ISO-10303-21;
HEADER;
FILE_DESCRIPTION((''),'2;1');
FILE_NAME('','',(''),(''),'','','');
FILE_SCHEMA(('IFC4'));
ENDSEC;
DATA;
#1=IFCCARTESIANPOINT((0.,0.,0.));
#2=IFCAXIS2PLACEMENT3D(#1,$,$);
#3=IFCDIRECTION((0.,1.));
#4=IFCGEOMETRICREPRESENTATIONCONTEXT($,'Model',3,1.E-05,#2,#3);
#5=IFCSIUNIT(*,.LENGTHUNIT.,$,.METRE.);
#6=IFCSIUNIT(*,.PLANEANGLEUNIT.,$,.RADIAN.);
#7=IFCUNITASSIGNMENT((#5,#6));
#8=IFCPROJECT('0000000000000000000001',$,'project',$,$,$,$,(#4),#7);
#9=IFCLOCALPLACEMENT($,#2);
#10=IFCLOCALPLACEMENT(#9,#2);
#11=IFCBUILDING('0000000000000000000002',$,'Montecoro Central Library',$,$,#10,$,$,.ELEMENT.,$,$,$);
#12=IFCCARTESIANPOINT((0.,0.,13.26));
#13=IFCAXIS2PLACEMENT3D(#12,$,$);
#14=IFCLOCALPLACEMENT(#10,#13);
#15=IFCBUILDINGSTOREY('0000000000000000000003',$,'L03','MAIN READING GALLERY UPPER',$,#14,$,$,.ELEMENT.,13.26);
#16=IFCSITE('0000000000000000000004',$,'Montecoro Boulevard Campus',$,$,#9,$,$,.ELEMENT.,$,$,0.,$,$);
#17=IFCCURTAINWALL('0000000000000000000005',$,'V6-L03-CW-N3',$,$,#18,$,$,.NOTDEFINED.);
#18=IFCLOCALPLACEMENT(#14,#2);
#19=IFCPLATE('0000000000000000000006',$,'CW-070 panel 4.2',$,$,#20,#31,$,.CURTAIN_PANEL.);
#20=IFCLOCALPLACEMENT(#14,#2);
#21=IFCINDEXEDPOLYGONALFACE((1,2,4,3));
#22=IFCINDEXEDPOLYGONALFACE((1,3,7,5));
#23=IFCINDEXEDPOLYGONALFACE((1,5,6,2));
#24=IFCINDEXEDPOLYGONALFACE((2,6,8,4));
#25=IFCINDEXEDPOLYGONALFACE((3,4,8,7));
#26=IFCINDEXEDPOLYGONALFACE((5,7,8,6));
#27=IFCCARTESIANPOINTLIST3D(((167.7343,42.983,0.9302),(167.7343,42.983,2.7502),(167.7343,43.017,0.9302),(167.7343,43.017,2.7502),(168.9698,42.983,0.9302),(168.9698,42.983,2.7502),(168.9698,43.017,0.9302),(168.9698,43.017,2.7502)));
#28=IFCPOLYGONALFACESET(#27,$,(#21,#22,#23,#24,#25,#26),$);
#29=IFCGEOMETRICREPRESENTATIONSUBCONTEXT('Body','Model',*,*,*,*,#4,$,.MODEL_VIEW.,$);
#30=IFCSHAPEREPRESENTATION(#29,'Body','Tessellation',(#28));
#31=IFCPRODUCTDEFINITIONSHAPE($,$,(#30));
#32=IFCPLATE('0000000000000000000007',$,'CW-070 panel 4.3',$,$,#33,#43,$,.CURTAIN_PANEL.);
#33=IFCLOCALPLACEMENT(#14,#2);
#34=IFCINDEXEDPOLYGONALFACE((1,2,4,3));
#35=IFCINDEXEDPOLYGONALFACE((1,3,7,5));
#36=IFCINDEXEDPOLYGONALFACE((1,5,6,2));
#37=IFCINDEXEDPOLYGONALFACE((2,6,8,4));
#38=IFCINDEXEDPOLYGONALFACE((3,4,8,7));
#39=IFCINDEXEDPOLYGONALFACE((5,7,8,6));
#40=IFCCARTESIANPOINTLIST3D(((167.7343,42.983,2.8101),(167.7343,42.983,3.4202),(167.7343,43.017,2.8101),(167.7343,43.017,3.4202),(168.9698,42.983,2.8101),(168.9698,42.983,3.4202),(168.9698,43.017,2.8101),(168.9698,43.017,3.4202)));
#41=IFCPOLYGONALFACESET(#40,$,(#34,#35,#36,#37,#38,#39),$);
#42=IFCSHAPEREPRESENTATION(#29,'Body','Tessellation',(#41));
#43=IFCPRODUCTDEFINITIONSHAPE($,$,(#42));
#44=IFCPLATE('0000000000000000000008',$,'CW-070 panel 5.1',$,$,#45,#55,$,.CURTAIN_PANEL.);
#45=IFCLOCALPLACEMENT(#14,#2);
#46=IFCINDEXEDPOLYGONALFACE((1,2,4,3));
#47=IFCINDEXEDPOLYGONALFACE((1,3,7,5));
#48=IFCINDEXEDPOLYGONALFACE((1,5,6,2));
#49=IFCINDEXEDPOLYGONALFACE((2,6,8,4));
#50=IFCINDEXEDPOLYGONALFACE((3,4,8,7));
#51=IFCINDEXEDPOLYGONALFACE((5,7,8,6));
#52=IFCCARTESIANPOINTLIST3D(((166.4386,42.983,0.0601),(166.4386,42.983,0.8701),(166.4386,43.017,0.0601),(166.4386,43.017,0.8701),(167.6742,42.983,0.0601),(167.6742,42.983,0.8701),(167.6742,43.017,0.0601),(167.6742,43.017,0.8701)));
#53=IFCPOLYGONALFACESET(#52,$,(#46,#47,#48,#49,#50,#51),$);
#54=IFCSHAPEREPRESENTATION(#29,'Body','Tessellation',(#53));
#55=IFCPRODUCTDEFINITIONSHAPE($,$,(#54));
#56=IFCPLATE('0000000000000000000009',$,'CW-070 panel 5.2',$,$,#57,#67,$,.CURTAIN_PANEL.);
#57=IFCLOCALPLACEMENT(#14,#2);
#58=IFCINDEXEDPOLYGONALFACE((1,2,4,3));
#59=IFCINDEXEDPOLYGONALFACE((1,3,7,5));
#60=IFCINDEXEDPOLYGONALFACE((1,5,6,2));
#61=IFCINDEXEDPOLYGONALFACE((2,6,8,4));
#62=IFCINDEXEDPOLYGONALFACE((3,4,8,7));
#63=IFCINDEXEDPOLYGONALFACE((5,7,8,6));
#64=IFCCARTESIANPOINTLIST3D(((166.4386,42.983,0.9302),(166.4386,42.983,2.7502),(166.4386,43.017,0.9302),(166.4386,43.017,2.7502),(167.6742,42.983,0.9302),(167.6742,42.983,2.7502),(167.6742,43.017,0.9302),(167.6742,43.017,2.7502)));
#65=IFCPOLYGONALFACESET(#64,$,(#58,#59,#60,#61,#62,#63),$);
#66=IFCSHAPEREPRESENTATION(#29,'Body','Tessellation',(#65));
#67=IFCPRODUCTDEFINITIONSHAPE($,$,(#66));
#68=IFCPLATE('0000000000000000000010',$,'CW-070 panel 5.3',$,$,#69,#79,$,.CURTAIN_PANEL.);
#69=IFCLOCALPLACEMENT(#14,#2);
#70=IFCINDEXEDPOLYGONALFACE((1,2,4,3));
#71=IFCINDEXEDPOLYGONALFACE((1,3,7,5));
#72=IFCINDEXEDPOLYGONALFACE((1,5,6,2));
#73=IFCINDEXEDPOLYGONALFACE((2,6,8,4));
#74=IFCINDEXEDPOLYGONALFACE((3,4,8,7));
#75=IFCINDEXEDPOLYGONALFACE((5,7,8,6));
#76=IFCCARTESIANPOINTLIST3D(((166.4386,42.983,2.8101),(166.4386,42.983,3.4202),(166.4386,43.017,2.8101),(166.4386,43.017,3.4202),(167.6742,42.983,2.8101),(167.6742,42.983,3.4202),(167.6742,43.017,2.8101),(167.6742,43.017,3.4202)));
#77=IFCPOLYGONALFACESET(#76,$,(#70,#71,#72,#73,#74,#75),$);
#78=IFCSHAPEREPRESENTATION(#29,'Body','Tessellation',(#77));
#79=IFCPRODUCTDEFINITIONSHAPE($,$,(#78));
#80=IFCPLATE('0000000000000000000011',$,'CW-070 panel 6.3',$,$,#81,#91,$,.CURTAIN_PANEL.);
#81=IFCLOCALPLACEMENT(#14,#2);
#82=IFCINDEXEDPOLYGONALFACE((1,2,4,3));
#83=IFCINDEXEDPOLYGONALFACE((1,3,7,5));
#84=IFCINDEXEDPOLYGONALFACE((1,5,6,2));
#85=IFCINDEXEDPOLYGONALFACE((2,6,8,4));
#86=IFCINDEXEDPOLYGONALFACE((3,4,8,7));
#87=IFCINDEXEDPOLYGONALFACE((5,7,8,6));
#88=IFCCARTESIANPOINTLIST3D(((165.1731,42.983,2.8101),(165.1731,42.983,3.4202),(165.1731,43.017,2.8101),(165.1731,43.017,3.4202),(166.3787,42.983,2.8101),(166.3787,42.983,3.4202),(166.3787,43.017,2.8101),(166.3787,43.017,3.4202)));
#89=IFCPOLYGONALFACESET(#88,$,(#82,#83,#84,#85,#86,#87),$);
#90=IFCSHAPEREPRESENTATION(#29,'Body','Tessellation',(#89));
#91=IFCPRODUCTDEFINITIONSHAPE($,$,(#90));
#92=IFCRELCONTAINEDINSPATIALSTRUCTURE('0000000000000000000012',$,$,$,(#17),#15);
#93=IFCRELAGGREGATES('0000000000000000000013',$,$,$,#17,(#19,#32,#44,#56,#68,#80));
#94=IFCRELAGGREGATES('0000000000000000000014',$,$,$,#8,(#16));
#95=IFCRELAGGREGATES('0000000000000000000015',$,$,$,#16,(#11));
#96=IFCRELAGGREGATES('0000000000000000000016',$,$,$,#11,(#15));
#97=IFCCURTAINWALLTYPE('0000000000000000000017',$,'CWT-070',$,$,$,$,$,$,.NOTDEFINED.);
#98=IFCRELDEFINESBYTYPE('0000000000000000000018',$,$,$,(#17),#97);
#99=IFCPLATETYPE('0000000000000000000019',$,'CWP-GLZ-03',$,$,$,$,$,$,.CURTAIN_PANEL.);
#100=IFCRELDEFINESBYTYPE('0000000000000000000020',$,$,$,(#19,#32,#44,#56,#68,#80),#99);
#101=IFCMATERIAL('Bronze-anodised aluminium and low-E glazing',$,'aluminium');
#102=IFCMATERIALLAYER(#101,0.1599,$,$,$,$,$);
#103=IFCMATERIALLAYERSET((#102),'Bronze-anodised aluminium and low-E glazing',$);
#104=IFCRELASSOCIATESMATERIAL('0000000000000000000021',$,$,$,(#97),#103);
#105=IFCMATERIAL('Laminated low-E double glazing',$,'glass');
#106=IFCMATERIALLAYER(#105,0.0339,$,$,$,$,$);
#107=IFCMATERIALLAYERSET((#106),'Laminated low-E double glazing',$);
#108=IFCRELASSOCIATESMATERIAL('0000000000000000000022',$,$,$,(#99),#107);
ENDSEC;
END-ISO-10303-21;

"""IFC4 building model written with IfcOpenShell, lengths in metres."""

from ifc_helpers import new_model, si_unit, direction, frame, origin, origin_2d, place, context, subcontext, project, spatial, rectangle, extrude, material, layer, layer_set, type_object, element, aggregate, save


model = new_model("IFC4")

# Units and contexts
model_context = context("Model", 3, precision=1e-05, world=origin(), true_north=direction((0.0, 1.0)))
body_context = subcontext(model_context, "Body", "Model", "MODEL_VIEW")
ifc_project = project(units=[si_unit("LENGTHUNIT", "METRE"), si_unit("PLANEANGLEUNIT", "RADIAN")], contexts=[model_context])

# Site, building, storey
site_placement = place(None, origin())
site = spatial("IfcSite", under=ifc_project, at=site_placement, Name="Montecoro Boulevard Campus", CompositionType="ELEMENT", RefElevation=0.0)
building_placement = place(site_placement, origin())
building = spatial("IfcBuilding", under=site, at=building_placement, Name="Montecoro Central Library", CompositionType="ELEMENT")
storey_placement = place(building_placement, frame((0.0, 0.0, 13.26)))
storey = spatial("IfcBuildingStorey", under=building, at=storey_placement, Name="L03", Description="MAIN READING GALLERY UPPER", CompositionType="ELEMENT", Elevation=13.26)

# Curtain wall, plates
ifc_material_1 = material(Name="Bronze-anodised aluminium and low-E glazing", Category="aluminium")
ifc_layer_1 = layer(ifc_material_1, 0.1599)
ifc_layer_set_1 = layer_set([ifc_layer_1], Name="Bronze-anodised aluminium and low-E glazing")
curtain_wall_type = type_object("IfcCurtainWallType", Name="CWT-070", PredefinedType="NOTDEFINED", material=ifc_layer_set_1)
curtain_wall_placement = place(storey_placement, origin())
curtain_wall = element("IfcCurtainWall", 1, at=curtain_wall_placement, inside=storey, type_object=curtain_wall_type, Name="V6-L03-CW-N3", PredefinedType="NOTDEFINED")
ifc_material_2 = material(Name="Laminated low-E double glazing", Category="glass")
ifc_layer_2 = layer(ifc_material_2, 0.0339)
ifc_layer_set_2 = layer_set([ifc_layer_2], Name="Laminated low-E double glazing")
plate_type = type_object("IfcPlateType", Name="CWP-GLZ-03", PredefinedType="CURTAIN_PANEL", material=ifc_layer_set_2)
plate_1_placement = place(storey_placement, frame((168.3521, 43.0, 0.9302), z_axis=(0.0, 0.0, 1.0), x_axis=(-1.0, 0.0, 0.0)))
plate_1 = element("IfcPlate", 2, at=plate_1_placement, type_object=plate_type, Name="CW-070 panel 4.2", PredefinedType="CURTAIN_PANEL", context=body_context, shape_type="SweptSolid", body=[
    extrude(rectangle(XDim=1.2356, YDim=0.0339, at=origin_2d()), origin(), (0.0, 0.0, 1.0), 1.8201),
])
plate_2_placement = place(storey_placement, frame((168.3521, 43.0, 2.8101), z_axis=(0.0, 0.0, 1.0), x_axis=(-1.0, 0.0, 0.0)))
plate_2 = element("IfcPlate", 3, at=plate_2_placement, type_object=plate_type, Name="CW-070 panel 4.3", PredefinedType="CURTAIN_PANEL", context=body_context, shape_type="SweptSolid", body=[
    extrude(rectangle(XDim=1.2356, YDim=0.0339, at=origin_2d()), origin(), (0.0, 0.0, 1.0), 0.6101),
])
plate_3_placement = place(storey_placement, frame((167.0564, 43.0, 0.0601), z_axis=(0.0, 0.0, 1.0), x_axis=(-1.0, 0.0, 0.0)))
plate_3 = element("IfcPlate", 4, at=plate_3_placement, type_object=plate_type, Name="CW-070 panel 5.1", PredefinedType="CURTAIN_PANEL", context=body_context, shape_type="SweptSolid", body=[
    extrude(rectangle(XDim=1.2356, YDim=0.0339, at=origin_2d()), origin(), (0.0, 0.0, 1.0), 0.8101),
])
plate_4_placement = place(storey_placement, frame((167.0564, 43.0, 0.9302), z_axis=(0.0, 0.0, 1.0), x_axis=(-1.0, 0.0, 0.0)))
plate_4 = element("IfcPlate", 5, at=plate_4_placement, type_object=plate_type, Name="CW-070 panel 5.2", PredefinedType="CURTAIN_PANEL", context=body_context, shape_type="SweptSolid", body=[
    extrude(rectangle(XDim=1.2356, YDim=0.0339, at=origin_2d()), origin(), (0.0, 0.0, 1.0), 1.8201),
])
plate_5_placement = place(storey_placement, frame((167.0564, 43.0, 2.8101), z_axis=(0.0, 0.0, 1.0), x_axis=(-1.0, 0.0, 0.0)))
plate_5 = element("IfcPlate", 6, at=plate_5_placement, type_object=plate_type, Name="CW-070 panel 5.3", PredefinedType="CURTAIN_PANEL", context=body_context, shape_type="SweptSolid", body=[
    extrude(rectangle(XDim=1.2356, YDim=0.0339, at=origin_2d()), origin(), (0.0, 0.0, 1.0), 0.6101),
])
plate_6_placement = place(storey_placement, frame((165.7759, 43.0, 2.8101), z_axis=(0.0, 0.0, 1.0), x_axis=(-1.0, 0.0, 0.0)))
plate_6 = element("IfcPlate", 7, at=plate_6_placement, type_object=plate_type, Name="CW-070 panel 6.3", PredefinedType="CURTAIN_PANEL", context=body_context, shape_type="SweptSolid", body=[
    extrude(rectangle(XDim=1.2056, YDim=0.0339, at=origin_2d()), origin(), (0.0, 0.0, 1.0), 0.6101),
])
aggregate(curtain_wall, [plate_1, plate_2, plate_3, plate_4, plate_5, plate_6])

save(model, "model.ifc")
